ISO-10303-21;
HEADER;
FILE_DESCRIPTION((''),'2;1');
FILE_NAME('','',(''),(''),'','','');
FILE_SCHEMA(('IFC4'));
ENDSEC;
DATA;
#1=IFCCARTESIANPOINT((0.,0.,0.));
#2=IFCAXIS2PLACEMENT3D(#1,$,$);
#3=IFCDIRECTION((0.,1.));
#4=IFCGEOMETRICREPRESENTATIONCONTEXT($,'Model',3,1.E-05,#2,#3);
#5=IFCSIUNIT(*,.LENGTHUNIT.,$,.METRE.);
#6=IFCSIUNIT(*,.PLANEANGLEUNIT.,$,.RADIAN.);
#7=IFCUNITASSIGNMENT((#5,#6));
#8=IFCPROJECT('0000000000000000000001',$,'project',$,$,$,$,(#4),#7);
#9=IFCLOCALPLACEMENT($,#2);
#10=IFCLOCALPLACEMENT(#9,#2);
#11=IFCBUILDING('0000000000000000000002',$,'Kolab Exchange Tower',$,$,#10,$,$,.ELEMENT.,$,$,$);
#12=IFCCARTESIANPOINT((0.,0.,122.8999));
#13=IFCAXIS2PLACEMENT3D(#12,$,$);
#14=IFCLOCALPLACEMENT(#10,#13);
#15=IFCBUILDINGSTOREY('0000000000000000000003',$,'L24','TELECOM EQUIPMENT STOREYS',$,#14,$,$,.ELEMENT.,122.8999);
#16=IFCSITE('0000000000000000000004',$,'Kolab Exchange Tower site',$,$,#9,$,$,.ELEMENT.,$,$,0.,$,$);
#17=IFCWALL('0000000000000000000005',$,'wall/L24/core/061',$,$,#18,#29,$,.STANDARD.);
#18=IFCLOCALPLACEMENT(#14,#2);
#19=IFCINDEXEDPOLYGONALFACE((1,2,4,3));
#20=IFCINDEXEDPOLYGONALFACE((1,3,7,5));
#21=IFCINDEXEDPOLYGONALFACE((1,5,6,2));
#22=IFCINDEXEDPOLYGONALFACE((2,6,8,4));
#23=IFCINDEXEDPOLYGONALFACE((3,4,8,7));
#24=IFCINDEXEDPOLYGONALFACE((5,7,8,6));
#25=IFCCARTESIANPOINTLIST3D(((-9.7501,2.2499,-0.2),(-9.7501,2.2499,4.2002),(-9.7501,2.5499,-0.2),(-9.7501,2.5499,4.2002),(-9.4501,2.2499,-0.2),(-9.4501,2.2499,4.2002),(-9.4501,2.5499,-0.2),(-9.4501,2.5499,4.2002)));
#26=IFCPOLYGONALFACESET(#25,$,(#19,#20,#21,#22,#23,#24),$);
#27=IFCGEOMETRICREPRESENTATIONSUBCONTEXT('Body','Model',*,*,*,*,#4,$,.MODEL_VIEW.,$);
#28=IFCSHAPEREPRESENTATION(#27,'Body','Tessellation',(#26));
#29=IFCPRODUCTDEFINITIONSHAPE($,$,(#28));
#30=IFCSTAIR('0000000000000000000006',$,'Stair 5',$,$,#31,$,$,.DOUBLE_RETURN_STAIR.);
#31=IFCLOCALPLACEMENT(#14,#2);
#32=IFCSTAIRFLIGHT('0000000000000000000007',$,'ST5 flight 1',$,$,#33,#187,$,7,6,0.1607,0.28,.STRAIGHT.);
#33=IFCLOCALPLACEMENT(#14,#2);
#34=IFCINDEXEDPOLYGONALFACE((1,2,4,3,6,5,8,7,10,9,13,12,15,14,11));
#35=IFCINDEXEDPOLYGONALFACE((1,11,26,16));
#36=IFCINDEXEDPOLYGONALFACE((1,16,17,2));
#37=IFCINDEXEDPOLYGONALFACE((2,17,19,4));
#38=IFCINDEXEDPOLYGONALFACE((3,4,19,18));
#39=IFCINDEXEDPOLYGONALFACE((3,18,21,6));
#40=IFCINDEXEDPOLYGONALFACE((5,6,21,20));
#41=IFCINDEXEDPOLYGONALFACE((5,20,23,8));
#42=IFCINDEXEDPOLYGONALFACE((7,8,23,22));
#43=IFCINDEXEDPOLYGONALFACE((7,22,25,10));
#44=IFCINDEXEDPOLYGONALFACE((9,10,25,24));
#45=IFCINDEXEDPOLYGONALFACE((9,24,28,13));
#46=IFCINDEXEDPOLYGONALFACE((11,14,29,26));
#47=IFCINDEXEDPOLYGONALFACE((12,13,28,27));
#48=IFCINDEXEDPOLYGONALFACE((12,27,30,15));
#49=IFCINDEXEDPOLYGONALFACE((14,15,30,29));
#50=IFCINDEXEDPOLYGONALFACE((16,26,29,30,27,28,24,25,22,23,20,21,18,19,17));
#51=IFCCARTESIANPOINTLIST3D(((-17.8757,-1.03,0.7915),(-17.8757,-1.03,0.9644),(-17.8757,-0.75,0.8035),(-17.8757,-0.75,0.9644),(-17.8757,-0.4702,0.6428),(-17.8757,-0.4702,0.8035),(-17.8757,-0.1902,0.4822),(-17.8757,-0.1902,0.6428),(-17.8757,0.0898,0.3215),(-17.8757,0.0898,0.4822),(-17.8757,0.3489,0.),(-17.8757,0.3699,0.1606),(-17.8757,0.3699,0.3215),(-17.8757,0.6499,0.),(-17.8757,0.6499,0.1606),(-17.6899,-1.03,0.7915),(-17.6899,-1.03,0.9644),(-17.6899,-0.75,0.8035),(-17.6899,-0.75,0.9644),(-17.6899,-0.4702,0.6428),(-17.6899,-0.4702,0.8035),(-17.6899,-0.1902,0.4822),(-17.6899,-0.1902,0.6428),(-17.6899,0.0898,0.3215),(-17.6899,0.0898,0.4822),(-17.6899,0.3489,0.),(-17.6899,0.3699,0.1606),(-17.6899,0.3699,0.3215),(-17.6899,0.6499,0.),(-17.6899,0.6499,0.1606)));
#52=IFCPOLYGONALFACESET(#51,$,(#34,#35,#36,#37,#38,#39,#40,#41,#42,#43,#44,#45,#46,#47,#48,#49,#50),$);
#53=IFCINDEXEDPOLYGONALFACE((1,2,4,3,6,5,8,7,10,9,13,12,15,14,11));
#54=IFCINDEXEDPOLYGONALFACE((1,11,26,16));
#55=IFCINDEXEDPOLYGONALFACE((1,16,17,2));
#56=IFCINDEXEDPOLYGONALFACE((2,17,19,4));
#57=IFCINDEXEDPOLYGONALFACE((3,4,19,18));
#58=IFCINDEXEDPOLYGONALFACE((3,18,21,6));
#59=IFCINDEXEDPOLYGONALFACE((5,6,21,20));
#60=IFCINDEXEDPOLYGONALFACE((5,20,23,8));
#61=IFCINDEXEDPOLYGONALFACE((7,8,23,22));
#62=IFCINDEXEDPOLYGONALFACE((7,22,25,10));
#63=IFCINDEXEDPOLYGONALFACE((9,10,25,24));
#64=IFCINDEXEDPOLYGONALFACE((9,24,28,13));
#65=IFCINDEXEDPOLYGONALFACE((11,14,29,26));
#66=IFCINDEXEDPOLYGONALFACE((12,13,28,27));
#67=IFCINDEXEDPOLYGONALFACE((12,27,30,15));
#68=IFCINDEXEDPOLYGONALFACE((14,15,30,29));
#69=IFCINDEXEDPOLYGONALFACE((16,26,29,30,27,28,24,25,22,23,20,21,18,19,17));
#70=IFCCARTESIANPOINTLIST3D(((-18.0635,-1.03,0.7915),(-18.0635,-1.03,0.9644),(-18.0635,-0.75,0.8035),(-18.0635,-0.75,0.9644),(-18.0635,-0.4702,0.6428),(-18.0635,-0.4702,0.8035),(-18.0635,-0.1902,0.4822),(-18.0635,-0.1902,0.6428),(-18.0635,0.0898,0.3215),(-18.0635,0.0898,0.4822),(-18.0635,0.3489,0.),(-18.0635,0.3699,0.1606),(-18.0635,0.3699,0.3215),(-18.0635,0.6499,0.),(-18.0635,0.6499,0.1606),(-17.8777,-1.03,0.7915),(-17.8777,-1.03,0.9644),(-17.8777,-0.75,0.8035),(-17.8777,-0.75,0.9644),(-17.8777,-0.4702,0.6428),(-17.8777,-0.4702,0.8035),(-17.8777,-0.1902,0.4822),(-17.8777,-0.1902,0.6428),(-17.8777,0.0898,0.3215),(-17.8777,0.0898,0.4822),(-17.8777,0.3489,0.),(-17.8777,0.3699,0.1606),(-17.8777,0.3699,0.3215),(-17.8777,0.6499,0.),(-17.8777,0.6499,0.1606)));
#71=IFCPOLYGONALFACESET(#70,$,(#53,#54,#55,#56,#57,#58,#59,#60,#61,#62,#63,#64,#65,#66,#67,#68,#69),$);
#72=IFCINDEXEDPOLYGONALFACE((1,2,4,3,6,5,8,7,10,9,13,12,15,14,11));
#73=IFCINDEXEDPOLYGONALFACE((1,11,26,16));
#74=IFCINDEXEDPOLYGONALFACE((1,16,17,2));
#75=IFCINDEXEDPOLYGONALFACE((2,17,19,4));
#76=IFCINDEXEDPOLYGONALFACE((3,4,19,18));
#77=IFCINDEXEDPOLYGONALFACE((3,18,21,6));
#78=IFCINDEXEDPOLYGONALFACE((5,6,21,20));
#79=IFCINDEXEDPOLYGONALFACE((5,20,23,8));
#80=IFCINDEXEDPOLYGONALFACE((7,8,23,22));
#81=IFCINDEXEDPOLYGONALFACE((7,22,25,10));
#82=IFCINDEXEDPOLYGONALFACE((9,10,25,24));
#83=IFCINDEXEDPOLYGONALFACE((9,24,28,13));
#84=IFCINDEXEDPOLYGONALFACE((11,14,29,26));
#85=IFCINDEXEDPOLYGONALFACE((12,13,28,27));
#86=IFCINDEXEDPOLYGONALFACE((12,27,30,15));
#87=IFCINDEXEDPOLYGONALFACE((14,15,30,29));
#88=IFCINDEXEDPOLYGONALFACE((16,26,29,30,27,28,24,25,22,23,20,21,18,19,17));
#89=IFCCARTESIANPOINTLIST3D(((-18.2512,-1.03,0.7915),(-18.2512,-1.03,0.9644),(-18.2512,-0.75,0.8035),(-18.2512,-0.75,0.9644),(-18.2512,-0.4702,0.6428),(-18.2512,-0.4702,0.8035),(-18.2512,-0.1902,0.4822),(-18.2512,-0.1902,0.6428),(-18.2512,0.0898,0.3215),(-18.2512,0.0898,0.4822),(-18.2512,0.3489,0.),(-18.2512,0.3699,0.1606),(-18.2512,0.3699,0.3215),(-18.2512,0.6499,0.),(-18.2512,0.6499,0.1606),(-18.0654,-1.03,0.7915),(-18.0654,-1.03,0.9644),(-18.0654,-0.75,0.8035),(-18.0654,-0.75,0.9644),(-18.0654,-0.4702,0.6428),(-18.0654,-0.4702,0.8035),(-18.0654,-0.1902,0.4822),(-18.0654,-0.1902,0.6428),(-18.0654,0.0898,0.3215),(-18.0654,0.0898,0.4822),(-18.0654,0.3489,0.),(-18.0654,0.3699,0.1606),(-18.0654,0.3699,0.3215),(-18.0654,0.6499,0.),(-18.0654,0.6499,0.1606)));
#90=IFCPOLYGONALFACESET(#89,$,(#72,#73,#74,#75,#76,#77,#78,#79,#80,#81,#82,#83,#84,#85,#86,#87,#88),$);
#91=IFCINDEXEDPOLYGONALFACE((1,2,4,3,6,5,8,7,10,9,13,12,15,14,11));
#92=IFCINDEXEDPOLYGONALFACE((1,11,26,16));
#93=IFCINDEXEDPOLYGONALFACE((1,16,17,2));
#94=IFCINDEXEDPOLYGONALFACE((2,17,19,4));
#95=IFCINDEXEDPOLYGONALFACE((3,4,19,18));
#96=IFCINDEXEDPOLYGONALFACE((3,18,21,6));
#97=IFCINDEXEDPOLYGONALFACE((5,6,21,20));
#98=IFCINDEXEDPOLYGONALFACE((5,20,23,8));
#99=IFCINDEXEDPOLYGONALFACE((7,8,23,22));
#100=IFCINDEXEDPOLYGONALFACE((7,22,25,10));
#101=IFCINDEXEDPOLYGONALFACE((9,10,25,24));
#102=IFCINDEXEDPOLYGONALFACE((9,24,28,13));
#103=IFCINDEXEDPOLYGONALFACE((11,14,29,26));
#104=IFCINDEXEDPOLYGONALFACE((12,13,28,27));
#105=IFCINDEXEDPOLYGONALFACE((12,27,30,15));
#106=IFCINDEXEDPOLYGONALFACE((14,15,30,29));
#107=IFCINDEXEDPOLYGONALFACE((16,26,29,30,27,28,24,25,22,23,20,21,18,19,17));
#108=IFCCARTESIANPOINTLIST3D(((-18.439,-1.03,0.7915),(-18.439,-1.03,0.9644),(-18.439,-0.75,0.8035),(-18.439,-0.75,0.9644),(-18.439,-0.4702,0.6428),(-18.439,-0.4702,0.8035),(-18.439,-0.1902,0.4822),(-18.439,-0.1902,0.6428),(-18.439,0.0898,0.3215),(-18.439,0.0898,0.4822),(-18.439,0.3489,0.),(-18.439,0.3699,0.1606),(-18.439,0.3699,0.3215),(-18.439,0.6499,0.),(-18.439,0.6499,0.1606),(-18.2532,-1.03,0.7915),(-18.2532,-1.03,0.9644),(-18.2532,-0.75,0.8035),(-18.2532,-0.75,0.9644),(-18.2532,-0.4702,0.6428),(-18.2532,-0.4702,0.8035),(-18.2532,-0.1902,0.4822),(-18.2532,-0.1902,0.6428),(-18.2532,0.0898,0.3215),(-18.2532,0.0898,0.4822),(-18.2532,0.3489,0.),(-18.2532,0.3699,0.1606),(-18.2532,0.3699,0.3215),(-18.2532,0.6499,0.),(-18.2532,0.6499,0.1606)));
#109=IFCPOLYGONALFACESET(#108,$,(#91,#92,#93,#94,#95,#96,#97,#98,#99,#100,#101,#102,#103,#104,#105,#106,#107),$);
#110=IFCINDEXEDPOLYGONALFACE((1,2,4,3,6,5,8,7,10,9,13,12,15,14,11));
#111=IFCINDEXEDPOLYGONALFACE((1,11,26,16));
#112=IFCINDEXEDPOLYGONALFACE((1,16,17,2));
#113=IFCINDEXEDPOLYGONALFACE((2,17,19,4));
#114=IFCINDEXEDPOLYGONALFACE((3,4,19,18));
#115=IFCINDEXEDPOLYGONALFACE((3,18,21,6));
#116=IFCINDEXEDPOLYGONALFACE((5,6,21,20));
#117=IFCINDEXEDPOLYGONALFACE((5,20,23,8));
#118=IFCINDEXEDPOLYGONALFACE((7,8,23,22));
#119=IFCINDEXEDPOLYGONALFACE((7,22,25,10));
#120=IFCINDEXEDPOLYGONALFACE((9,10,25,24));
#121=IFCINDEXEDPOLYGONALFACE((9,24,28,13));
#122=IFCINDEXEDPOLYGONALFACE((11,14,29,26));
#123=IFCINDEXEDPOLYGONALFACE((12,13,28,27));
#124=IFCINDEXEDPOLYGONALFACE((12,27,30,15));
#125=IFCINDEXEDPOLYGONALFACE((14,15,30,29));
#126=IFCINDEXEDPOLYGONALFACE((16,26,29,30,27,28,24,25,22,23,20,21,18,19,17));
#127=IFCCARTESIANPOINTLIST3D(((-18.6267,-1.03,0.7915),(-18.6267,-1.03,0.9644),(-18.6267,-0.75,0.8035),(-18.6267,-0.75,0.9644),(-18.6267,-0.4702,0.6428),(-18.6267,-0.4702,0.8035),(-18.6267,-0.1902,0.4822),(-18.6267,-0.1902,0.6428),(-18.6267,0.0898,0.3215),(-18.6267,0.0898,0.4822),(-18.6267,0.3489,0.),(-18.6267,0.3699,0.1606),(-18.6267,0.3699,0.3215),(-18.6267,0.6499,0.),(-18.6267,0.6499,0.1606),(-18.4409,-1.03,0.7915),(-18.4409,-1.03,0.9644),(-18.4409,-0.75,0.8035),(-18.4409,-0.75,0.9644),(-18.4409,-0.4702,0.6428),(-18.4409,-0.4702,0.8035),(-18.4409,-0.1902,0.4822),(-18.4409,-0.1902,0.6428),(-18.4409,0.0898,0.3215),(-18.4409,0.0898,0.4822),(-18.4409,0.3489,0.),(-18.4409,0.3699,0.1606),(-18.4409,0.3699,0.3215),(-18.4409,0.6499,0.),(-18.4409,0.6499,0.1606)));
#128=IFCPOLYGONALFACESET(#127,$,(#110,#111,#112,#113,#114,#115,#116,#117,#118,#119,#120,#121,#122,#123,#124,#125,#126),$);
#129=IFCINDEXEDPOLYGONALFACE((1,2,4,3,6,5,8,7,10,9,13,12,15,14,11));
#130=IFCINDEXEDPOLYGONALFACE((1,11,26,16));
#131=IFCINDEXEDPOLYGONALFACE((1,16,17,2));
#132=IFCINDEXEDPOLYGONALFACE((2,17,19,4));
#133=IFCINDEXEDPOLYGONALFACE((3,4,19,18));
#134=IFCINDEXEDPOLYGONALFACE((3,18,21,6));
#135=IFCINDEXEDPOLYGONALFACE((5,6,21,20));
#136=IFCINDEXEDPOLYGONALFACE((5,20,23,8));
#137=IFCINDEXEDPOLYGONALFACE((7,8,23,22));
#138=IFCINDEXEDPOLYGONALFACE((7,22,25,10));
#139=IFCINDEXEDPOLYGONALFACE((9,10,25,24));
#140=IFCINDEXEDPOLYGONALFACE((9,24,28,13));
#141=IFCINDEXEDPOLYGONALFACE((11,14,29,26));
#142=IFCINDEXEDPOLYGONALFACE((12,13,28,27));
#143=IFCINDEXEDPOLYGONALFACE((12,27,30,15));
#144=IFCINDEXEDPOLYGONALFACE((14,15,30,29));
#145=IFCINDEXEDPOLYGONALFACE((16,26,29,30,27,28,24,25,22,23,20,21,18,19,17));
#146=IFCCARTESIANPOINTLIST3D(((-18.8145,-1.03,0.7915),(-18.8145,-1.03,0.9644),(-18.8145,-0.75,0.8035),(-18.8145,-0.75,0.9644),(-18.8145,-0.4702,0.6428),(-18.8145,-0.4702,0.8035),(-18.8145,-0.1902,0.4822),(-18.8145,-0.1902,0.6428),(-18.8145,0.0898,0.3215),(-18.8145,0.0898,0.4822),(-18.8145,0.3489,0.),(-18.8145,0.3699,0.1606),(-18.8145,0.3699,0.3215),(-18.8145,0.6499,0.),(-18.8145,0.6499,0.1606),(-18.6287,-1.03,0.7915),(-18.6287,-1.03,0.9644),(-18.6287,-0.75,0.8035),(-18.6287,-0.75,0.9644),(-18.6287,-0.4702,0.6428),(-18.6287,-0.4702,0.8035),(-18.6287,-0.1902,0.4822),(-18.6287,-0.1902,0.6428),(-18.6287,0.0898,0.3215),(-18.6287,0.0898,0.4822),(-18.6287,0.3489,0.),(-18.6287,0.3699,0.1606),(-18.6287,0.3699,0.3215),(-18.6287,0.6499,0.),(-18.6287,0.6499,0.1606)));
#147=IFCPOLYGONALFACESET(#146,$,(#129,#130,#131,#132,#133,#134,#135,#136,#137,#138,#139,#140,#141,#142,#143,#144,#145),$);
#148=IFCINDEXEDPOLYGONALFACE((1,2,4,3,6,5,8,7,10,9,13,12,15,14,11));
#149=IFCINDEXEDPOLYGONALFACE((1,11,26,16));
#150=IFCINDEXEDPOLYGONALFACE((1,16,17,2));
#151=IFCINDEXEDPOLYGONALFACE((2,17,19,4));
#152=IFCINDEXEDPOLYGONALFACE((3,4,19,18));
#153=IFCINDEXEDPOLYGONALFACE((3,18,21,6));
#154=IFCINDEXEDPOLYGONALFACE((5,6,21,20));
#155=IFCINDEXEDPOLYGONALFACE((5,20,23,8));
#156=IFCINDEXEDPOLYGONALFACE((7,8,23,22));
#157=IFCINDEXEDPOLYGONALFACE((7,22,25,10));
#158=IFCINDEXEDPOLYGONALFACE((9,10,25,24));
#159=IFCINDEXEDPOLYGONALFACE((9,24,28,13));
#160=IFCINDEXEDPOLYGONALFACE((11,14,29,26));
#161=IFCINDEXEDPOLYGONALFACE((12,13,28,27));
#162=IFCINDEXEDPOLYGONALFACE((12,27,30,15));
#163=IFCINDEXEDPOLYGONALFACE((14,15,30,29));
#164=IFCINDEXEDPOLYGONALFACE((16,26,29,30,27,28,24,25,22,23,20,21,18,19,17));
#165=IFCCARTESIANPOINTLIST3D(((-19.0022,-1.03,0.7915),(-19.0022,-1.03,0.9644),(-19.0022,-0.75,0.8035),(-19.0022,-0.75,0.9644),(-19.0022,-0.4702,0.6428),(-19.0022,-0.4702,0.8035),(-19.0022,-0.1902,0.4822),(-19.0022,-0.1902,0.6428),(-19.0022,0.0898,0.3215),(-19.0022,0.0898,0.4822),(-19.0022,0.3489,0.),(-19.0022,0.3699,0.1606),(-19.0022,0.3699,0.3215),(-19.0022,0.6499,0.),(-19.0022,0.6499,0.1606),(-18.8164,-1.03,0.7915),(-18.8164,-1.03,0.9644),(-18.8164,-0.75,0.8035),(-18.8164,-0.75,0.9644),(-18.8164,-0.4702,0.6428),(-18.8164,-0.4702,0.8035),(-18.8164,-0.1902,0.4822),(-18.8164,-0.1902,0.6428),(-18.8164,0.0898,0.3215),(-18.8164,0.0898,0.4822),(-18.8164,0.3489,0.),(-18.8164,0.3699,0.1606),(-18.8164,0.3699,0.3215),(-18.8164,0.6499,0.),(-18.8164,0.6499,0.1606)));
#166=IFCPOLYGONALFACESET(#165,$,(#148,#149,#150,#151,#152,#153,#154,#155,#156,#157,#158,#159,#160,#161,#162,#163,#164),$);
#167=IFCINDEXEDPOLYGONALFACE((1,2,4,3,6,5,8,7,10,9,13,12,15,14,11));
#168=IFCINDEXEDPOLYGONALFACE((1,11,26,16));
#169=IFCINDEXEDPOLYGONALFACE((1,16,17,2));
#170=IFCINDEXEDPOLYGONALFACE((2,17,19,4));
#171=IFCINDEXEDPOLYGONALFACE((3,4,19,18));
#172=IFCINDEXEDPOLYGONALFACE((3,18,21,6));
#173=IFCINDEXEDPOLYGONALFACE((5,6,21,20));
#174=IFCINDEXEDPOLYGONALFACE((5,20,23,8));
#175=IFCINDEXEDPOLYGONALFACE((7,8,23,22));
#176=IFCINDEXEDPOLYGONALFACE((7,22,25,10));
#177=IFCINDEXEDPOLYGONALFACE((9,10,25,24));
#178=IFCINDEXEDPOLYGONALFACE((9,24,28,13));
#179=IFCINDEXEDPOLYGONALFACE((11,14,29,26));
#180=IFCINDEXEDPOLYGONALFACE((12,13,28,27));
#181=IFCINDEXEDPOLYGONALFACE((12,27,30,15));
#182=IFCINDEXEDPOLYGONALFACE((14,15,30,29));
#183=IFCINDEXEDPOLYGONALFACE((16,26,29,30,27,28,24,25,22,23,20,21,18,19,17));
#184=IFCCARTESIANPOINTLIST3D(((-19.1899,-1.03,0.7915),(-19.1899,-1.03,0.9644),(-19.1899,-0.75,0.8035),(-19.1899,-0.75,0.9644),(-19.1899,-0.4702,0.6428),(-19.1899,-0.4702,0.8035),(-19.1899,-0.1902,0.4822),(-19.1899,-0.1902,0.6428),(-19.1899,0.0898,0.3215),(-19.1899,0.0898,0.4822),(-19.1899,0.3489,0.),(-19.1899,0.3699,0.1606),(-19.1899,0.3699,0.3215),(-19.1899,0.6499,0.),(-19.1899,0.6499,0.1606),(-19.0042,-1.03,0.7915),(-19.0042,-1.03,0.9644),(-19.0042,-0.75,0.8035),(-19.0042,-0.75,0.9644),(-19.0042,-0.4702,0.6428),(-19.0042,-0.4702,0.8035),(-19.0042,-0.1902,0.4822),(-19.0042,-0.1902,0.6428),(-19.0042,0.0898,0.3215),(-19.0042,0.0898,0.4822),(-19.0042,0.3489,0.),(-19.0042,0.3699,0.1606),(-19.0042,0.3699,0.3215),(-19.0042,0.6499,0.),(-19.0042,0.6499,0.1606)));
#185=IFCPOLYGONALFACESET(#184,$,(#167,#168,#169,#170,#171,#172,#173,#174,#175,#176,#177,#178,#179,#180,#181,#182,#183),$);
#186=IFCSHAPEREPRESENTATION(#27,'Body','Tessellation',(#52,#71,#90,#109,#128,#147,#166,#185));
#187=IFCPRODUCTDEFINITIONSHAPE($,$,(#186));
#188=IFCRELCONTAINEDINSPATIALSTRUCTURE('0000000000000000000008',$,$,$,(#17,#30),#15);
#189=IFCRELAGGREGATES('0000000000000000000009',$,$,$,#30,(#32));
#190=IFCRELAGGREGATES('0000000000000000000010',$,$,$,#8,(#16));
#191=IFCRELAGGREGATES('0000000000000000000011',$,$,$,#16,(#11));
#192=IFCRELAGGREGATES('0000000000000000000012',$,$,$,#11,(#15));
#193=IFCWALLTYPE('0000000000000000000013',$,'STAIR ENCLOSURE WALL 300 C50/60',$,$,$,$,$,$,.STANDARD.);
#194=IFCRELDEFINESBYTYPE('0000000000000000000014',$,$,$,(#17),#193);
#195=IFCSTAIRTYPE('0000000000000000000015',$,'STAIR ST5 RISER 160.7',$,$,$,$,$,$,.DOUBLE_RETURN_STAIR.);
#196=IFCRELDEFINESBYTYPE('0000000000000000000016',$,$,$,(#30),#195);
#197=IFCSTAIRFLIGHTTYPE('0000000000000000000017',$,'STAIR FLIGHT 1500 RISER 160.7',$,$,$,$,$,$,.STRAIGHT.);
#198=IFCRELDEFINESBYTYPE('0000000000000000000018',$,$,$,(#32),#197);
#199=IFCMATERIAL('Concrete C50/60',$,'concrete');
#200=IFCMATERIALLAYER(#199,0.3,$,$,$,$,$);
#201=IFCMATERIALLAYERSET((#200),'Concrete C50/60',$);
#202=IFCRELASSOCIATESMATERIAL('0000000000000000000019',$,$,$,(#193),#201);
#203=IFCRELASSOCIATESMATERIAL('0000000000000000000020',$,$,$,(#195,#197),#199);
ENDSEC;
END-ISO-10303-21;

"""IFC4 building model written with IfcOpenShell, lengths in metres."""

from ifc_helpers import new_model, si_unit, direction, frame, frame_2d, origin, place, context, subcontext, project, spatial, polyline, rectangle, outline, extrude, material, layer, layer_set, type_object, element, aggregate, save


model = new_model("IFC4")

# Units and contexts
model_context = context("Model", 3, precision=1e-05, world=origin(), true_north=direction((0.0, 1.0)))
body_context = subcontext(model_context, "Body", "Model", "MODEL_VIEW")
ifc_project = project(units=[si_unit("LENGTHUNIT", "METRE"), si_unit("PLANEANGLEUNIT", "RADIAN")], contexts=[model_context])

# Site, building, storey
site_placement = place(None, origin())
site = spatial("IfcSite", under=ifc_project, at=site_placement, Name="Kolab Exchange Tower site", CompositionType="ELEMENT", RefElevation=0.0)
building_placement = place(site_placement, origin())
building = spatial("IfcBuilding", under=site, at=building_placement, Name="Kolab Exchange Tower", CompositionType="ELEMENT")
storey_placement = place(building_placement, frame((0.0, 0.0, 122.8999)))
storey = spatial("IfcBuildingStorey", under=building, at=storey_placement, Name="L24", Description="TELECOM EQUIPMENT STOREYS", CompositionType="ELEMENT", Elevation=122.8999)

# Shared definitions
ifc_material_1 = material(Name="Concrete C50/60", Category="concrete")

# Wall
ifc_layer_1 = layer(ifc_material_1, 0.3)
ifc_layer_set_1 = layer_set([ifc_layer_1], Name="Concrete C50/60")
wall_type_1 = type_object("IfcWallType", Name="STAIR ENCLOSURE WALL 300 C50/60", PredefinedType="STANDARD", material=ifc_layer_set_1)
wall_1_placement = place(storey_placement, frame((-9.6001, 2.25, -0.2), z_axis=(0.0, 0.0, 1.0), x_axis=(0.0, 1.0, 0.0)))
element("IfcWall", 1, at=wall_1_placement, inside=storey, type_object=wall_type_1, Name="wall/L24/core/061", PredefinedType="STANDARD", context=body_context, shape_type="SweptSolid", body=[
    extrude(rectangle(XDim=0.3, YDim=0.3, at=frame_2d((0.1499, 0.0))), origin(), (0.0, 0.0, 1.0), 4.4001),
])

# Stair, stair flight
stair_type = type_object("IfcStairType", Name="STAIR ST5 RISER 160.7", PredefinedType="DOUBLE_RETURN_STAIR", material=ifc_material_1)
stair_placement = place(storey_placement, origin())
stair = element("IfcStair", 2, at=stair_placement, inside=storey, type_object=stair_type, Name="Stair 5", PredefinedType="DOUBLE_RETURN_STAIR")
stair_flight_type = type_object("IfcStairFlightType", Name="STAIR FLIGHT 1500 RISER 160.7", PredefinedType="STRAIGHT", material=ifc_material_1)
stair_flight_1_placement = place(storey_placement, frame((-18.4399, 0.6499, 0.0), z_axis=(0.0, 0.0, 1.0), x_axis=(0.0, -1.0, 0.0)))
stair_flight_1 = element("IfcStairFlight", 3, at=stair_flight_1_placement, type_object=stair_flight_type, Name="ST5 flight 1", NumberOfRisers=7, NumberOfTreads=6, PredefinedType="STRAIGHT", RiserHeight=0.1607, TreadLength=0.28, context=body_context, shape_type="SweptSolid", body=[
    extrude(outline(polyline([(0.0, 0.0), (0.0, 0.1606), (0.28, 0.1606), (0.28, 0.3215), (0.5601, 0.3215), (0.5601, 0.4822), (0.8401, 0.4822), (0.8401, 0.6428), (1.1201, 0.6428), (1.1201, 0.8035), (1.3999, 0.8035), (1.3999, 0.9644), (1.6799, 0.9644), (1.6799, 1.125), (1.6799, 0.7915), (0.301, 0.0), (0.0, 0.0)])), frame((0.0, 0.75, 0.0), z_axis=(0.0, -1.0, 0.0), x_axis=(1.0, 0.0, 0.0)), (0.0, 0.0, 1.0), 0.1858),
    extrude(outline(polyline([(0.0, 0.0), (0.0, 0.1606), (0.28, 0.1606), (0.28, 0.3215), (0.5601, 0.3215), (0.5601, 0.4822), (0.8401, 0.4822), (0.8401, 0.6428), (1.1201, 0.6428), (1.1201, 0.8035), (1.3999, 0.8035), (1.3999, 0.9644), (1.6799, 0.9644), (1.6799, 1.125), (1.6799, 0.7915), (0.301, 0.0), (0.0, 0.0)])), frame((0.0, 0.5623, 0.0), z_axis=(0.0, -1.0, 0.0), x_axis=(1.0, 0.0, 0.0)), (0.0, 0.0, 1.0), 0.1858),
    extrude(outline(polyline([(0.0, 0.0), (0.0, 0.1606), (0.28, 0.1606), (0.28, 0.3215), (0.5601, 0.3215), (0.5601, 0.4822), (0.8401, 0.4822), (0.8401, 0.6428), (1.1201, 0.6428), (1.1201, 0.8035), (1.3999, 0.8035), (1.3999, 0.9644), (1.6799, 0.9644), (1.6799, 1.125), (1.6799, 0.7915), (0.301, 0.0), (0.0, 0.0)])), frame((0.0, 0.3745, 0.0), z_axis=(0.0, -1.0, 0.0), x_axis=(1.0, 0.0, 0.0)), (0.0, 0.0, 1.0), 0.1858),
    extrude(outline(polyline([(0.0, 0.0), (0.0, 0.1606), (0.28, 0.1606), (0.28, 0.3215), (0.5601, 0.3215), (0.5601, 0.4822), (0.8401, 0.4822), (0.8401, 0.6428), (1.1201, 0.6428), (1.1201, 0.8035), (1.3999, 0.8035), (1.3999, 0.9644), (1.6799, 0.9644), (1.6799, 1.125), (1.6799, 0.7915), (0.301, 0.0), (0.0, 0.0)])), frame((0.0, 0.1868, 0.0), z_axis=(0.0, -1.0, 0.0), x_axis=(1.0, 0.0, 0.0)), (0.0, 0.0, 1.0), 0.1858),
    extrude(outline(polyline([(0.0, 0.0), (0.0, 0.1606), (0.28, 0.1606), (0.28, 0.3215), (0.5601, 0.3215), (0.5601, 0.4822), (0.8401, 0.4822), (0.8401, 0.6428), (1.1201, 0.6428), (1.1201, 0.8035), (1.3999, 0.8035), (1.3999, 0.9644), (1.6799, 0.9644), (1.6799, 1.125), (1.6799, 0.7915), (0.301, 0.0), (0.0, 0.0)])), frame((0.0, -0.001, 0.0), z_axis=(0.0, -1.0, 0.0), x_axis=(1.0, 0.0, 0.0)), (0.0, 0.0, 1.0), 0.1858),
    extrude(outline(polyline([(0.0, 0.0), (0.0, 0.1606), (0.28, 0.1606), (0.28, 0.3215), (0.5601, 0.3215), (0.5601, 0.4822), (0.8401, 0.4822), (0.8401, 0.6428), (1.1201, 0.6428), (1.1201, 0.8035), (1.3999, 0.8035), (1.3999, 0.9644), (1.6799, 0.9644), (1.6799, 1.125), (1.6799, 0.7915), (0.301, 0.0), (0.0, 0.0)])), frame((0.0, -0.1887, 0.0), z_axis=(0.0, -1.0, 0.0), x_axis=(1.0, 0.0, 0.0)), (0.0, 0.0, 1.0), 0.1858),
    extrude(outline(polyline([(0.0, 0.0), (0.0, 0.1606), (0.28, 0.1606), (0.28, 0.3215), (0.5601, 0.3215), (0.5601, 0.4822), (0.8401, 0.4822), (0.8401, 0.6428), (1.1201, 0.6428), (1.1201, 0.8035), (1.3999, 0.8035), (1.3999, 0.9644), (1.6799, 0.9644), (1.6799, 1.125), (1.6799, 0.7915), (0.301, 0.0), (0.0, 0.0)])), frame((0.0, -0.3765, 0.0), z_axis=(0.0, -1.0, 0.0), x_axis=(1.0, 0.0, 0.0)), (0.0, 0.0, 1.0), 0.1858),
    extrude(outline(polyline([(0.0, 0.0), (0.0, 0.1606), (0.28, 0.1606), (0.28, 0.3215), (0.5601, 0.3215), (0.5601, 0.4822), (0.8401, 0.4822), (0.8401, 0.6428), (1.1201, 0.6428), (1.1201, 0.8035), (1.3999, 0.8035), (1.3999, 0.9644), (1.6799, 0.9644), (1.6799, 1.125), (1.6799, 0.7915), (0.301, 0.0), (0.0, 0.0)])), frame((0.0, -0.5642, 0.0), z_axis=(0.0, -1.0, 0.0), x_axis=(1.0, 0.0, 0.0)), (0.0, 0.0, 1.0), 0.1858),
])
aggregate(stair, [stair_flight_1])

save(model, "model.ifc")
